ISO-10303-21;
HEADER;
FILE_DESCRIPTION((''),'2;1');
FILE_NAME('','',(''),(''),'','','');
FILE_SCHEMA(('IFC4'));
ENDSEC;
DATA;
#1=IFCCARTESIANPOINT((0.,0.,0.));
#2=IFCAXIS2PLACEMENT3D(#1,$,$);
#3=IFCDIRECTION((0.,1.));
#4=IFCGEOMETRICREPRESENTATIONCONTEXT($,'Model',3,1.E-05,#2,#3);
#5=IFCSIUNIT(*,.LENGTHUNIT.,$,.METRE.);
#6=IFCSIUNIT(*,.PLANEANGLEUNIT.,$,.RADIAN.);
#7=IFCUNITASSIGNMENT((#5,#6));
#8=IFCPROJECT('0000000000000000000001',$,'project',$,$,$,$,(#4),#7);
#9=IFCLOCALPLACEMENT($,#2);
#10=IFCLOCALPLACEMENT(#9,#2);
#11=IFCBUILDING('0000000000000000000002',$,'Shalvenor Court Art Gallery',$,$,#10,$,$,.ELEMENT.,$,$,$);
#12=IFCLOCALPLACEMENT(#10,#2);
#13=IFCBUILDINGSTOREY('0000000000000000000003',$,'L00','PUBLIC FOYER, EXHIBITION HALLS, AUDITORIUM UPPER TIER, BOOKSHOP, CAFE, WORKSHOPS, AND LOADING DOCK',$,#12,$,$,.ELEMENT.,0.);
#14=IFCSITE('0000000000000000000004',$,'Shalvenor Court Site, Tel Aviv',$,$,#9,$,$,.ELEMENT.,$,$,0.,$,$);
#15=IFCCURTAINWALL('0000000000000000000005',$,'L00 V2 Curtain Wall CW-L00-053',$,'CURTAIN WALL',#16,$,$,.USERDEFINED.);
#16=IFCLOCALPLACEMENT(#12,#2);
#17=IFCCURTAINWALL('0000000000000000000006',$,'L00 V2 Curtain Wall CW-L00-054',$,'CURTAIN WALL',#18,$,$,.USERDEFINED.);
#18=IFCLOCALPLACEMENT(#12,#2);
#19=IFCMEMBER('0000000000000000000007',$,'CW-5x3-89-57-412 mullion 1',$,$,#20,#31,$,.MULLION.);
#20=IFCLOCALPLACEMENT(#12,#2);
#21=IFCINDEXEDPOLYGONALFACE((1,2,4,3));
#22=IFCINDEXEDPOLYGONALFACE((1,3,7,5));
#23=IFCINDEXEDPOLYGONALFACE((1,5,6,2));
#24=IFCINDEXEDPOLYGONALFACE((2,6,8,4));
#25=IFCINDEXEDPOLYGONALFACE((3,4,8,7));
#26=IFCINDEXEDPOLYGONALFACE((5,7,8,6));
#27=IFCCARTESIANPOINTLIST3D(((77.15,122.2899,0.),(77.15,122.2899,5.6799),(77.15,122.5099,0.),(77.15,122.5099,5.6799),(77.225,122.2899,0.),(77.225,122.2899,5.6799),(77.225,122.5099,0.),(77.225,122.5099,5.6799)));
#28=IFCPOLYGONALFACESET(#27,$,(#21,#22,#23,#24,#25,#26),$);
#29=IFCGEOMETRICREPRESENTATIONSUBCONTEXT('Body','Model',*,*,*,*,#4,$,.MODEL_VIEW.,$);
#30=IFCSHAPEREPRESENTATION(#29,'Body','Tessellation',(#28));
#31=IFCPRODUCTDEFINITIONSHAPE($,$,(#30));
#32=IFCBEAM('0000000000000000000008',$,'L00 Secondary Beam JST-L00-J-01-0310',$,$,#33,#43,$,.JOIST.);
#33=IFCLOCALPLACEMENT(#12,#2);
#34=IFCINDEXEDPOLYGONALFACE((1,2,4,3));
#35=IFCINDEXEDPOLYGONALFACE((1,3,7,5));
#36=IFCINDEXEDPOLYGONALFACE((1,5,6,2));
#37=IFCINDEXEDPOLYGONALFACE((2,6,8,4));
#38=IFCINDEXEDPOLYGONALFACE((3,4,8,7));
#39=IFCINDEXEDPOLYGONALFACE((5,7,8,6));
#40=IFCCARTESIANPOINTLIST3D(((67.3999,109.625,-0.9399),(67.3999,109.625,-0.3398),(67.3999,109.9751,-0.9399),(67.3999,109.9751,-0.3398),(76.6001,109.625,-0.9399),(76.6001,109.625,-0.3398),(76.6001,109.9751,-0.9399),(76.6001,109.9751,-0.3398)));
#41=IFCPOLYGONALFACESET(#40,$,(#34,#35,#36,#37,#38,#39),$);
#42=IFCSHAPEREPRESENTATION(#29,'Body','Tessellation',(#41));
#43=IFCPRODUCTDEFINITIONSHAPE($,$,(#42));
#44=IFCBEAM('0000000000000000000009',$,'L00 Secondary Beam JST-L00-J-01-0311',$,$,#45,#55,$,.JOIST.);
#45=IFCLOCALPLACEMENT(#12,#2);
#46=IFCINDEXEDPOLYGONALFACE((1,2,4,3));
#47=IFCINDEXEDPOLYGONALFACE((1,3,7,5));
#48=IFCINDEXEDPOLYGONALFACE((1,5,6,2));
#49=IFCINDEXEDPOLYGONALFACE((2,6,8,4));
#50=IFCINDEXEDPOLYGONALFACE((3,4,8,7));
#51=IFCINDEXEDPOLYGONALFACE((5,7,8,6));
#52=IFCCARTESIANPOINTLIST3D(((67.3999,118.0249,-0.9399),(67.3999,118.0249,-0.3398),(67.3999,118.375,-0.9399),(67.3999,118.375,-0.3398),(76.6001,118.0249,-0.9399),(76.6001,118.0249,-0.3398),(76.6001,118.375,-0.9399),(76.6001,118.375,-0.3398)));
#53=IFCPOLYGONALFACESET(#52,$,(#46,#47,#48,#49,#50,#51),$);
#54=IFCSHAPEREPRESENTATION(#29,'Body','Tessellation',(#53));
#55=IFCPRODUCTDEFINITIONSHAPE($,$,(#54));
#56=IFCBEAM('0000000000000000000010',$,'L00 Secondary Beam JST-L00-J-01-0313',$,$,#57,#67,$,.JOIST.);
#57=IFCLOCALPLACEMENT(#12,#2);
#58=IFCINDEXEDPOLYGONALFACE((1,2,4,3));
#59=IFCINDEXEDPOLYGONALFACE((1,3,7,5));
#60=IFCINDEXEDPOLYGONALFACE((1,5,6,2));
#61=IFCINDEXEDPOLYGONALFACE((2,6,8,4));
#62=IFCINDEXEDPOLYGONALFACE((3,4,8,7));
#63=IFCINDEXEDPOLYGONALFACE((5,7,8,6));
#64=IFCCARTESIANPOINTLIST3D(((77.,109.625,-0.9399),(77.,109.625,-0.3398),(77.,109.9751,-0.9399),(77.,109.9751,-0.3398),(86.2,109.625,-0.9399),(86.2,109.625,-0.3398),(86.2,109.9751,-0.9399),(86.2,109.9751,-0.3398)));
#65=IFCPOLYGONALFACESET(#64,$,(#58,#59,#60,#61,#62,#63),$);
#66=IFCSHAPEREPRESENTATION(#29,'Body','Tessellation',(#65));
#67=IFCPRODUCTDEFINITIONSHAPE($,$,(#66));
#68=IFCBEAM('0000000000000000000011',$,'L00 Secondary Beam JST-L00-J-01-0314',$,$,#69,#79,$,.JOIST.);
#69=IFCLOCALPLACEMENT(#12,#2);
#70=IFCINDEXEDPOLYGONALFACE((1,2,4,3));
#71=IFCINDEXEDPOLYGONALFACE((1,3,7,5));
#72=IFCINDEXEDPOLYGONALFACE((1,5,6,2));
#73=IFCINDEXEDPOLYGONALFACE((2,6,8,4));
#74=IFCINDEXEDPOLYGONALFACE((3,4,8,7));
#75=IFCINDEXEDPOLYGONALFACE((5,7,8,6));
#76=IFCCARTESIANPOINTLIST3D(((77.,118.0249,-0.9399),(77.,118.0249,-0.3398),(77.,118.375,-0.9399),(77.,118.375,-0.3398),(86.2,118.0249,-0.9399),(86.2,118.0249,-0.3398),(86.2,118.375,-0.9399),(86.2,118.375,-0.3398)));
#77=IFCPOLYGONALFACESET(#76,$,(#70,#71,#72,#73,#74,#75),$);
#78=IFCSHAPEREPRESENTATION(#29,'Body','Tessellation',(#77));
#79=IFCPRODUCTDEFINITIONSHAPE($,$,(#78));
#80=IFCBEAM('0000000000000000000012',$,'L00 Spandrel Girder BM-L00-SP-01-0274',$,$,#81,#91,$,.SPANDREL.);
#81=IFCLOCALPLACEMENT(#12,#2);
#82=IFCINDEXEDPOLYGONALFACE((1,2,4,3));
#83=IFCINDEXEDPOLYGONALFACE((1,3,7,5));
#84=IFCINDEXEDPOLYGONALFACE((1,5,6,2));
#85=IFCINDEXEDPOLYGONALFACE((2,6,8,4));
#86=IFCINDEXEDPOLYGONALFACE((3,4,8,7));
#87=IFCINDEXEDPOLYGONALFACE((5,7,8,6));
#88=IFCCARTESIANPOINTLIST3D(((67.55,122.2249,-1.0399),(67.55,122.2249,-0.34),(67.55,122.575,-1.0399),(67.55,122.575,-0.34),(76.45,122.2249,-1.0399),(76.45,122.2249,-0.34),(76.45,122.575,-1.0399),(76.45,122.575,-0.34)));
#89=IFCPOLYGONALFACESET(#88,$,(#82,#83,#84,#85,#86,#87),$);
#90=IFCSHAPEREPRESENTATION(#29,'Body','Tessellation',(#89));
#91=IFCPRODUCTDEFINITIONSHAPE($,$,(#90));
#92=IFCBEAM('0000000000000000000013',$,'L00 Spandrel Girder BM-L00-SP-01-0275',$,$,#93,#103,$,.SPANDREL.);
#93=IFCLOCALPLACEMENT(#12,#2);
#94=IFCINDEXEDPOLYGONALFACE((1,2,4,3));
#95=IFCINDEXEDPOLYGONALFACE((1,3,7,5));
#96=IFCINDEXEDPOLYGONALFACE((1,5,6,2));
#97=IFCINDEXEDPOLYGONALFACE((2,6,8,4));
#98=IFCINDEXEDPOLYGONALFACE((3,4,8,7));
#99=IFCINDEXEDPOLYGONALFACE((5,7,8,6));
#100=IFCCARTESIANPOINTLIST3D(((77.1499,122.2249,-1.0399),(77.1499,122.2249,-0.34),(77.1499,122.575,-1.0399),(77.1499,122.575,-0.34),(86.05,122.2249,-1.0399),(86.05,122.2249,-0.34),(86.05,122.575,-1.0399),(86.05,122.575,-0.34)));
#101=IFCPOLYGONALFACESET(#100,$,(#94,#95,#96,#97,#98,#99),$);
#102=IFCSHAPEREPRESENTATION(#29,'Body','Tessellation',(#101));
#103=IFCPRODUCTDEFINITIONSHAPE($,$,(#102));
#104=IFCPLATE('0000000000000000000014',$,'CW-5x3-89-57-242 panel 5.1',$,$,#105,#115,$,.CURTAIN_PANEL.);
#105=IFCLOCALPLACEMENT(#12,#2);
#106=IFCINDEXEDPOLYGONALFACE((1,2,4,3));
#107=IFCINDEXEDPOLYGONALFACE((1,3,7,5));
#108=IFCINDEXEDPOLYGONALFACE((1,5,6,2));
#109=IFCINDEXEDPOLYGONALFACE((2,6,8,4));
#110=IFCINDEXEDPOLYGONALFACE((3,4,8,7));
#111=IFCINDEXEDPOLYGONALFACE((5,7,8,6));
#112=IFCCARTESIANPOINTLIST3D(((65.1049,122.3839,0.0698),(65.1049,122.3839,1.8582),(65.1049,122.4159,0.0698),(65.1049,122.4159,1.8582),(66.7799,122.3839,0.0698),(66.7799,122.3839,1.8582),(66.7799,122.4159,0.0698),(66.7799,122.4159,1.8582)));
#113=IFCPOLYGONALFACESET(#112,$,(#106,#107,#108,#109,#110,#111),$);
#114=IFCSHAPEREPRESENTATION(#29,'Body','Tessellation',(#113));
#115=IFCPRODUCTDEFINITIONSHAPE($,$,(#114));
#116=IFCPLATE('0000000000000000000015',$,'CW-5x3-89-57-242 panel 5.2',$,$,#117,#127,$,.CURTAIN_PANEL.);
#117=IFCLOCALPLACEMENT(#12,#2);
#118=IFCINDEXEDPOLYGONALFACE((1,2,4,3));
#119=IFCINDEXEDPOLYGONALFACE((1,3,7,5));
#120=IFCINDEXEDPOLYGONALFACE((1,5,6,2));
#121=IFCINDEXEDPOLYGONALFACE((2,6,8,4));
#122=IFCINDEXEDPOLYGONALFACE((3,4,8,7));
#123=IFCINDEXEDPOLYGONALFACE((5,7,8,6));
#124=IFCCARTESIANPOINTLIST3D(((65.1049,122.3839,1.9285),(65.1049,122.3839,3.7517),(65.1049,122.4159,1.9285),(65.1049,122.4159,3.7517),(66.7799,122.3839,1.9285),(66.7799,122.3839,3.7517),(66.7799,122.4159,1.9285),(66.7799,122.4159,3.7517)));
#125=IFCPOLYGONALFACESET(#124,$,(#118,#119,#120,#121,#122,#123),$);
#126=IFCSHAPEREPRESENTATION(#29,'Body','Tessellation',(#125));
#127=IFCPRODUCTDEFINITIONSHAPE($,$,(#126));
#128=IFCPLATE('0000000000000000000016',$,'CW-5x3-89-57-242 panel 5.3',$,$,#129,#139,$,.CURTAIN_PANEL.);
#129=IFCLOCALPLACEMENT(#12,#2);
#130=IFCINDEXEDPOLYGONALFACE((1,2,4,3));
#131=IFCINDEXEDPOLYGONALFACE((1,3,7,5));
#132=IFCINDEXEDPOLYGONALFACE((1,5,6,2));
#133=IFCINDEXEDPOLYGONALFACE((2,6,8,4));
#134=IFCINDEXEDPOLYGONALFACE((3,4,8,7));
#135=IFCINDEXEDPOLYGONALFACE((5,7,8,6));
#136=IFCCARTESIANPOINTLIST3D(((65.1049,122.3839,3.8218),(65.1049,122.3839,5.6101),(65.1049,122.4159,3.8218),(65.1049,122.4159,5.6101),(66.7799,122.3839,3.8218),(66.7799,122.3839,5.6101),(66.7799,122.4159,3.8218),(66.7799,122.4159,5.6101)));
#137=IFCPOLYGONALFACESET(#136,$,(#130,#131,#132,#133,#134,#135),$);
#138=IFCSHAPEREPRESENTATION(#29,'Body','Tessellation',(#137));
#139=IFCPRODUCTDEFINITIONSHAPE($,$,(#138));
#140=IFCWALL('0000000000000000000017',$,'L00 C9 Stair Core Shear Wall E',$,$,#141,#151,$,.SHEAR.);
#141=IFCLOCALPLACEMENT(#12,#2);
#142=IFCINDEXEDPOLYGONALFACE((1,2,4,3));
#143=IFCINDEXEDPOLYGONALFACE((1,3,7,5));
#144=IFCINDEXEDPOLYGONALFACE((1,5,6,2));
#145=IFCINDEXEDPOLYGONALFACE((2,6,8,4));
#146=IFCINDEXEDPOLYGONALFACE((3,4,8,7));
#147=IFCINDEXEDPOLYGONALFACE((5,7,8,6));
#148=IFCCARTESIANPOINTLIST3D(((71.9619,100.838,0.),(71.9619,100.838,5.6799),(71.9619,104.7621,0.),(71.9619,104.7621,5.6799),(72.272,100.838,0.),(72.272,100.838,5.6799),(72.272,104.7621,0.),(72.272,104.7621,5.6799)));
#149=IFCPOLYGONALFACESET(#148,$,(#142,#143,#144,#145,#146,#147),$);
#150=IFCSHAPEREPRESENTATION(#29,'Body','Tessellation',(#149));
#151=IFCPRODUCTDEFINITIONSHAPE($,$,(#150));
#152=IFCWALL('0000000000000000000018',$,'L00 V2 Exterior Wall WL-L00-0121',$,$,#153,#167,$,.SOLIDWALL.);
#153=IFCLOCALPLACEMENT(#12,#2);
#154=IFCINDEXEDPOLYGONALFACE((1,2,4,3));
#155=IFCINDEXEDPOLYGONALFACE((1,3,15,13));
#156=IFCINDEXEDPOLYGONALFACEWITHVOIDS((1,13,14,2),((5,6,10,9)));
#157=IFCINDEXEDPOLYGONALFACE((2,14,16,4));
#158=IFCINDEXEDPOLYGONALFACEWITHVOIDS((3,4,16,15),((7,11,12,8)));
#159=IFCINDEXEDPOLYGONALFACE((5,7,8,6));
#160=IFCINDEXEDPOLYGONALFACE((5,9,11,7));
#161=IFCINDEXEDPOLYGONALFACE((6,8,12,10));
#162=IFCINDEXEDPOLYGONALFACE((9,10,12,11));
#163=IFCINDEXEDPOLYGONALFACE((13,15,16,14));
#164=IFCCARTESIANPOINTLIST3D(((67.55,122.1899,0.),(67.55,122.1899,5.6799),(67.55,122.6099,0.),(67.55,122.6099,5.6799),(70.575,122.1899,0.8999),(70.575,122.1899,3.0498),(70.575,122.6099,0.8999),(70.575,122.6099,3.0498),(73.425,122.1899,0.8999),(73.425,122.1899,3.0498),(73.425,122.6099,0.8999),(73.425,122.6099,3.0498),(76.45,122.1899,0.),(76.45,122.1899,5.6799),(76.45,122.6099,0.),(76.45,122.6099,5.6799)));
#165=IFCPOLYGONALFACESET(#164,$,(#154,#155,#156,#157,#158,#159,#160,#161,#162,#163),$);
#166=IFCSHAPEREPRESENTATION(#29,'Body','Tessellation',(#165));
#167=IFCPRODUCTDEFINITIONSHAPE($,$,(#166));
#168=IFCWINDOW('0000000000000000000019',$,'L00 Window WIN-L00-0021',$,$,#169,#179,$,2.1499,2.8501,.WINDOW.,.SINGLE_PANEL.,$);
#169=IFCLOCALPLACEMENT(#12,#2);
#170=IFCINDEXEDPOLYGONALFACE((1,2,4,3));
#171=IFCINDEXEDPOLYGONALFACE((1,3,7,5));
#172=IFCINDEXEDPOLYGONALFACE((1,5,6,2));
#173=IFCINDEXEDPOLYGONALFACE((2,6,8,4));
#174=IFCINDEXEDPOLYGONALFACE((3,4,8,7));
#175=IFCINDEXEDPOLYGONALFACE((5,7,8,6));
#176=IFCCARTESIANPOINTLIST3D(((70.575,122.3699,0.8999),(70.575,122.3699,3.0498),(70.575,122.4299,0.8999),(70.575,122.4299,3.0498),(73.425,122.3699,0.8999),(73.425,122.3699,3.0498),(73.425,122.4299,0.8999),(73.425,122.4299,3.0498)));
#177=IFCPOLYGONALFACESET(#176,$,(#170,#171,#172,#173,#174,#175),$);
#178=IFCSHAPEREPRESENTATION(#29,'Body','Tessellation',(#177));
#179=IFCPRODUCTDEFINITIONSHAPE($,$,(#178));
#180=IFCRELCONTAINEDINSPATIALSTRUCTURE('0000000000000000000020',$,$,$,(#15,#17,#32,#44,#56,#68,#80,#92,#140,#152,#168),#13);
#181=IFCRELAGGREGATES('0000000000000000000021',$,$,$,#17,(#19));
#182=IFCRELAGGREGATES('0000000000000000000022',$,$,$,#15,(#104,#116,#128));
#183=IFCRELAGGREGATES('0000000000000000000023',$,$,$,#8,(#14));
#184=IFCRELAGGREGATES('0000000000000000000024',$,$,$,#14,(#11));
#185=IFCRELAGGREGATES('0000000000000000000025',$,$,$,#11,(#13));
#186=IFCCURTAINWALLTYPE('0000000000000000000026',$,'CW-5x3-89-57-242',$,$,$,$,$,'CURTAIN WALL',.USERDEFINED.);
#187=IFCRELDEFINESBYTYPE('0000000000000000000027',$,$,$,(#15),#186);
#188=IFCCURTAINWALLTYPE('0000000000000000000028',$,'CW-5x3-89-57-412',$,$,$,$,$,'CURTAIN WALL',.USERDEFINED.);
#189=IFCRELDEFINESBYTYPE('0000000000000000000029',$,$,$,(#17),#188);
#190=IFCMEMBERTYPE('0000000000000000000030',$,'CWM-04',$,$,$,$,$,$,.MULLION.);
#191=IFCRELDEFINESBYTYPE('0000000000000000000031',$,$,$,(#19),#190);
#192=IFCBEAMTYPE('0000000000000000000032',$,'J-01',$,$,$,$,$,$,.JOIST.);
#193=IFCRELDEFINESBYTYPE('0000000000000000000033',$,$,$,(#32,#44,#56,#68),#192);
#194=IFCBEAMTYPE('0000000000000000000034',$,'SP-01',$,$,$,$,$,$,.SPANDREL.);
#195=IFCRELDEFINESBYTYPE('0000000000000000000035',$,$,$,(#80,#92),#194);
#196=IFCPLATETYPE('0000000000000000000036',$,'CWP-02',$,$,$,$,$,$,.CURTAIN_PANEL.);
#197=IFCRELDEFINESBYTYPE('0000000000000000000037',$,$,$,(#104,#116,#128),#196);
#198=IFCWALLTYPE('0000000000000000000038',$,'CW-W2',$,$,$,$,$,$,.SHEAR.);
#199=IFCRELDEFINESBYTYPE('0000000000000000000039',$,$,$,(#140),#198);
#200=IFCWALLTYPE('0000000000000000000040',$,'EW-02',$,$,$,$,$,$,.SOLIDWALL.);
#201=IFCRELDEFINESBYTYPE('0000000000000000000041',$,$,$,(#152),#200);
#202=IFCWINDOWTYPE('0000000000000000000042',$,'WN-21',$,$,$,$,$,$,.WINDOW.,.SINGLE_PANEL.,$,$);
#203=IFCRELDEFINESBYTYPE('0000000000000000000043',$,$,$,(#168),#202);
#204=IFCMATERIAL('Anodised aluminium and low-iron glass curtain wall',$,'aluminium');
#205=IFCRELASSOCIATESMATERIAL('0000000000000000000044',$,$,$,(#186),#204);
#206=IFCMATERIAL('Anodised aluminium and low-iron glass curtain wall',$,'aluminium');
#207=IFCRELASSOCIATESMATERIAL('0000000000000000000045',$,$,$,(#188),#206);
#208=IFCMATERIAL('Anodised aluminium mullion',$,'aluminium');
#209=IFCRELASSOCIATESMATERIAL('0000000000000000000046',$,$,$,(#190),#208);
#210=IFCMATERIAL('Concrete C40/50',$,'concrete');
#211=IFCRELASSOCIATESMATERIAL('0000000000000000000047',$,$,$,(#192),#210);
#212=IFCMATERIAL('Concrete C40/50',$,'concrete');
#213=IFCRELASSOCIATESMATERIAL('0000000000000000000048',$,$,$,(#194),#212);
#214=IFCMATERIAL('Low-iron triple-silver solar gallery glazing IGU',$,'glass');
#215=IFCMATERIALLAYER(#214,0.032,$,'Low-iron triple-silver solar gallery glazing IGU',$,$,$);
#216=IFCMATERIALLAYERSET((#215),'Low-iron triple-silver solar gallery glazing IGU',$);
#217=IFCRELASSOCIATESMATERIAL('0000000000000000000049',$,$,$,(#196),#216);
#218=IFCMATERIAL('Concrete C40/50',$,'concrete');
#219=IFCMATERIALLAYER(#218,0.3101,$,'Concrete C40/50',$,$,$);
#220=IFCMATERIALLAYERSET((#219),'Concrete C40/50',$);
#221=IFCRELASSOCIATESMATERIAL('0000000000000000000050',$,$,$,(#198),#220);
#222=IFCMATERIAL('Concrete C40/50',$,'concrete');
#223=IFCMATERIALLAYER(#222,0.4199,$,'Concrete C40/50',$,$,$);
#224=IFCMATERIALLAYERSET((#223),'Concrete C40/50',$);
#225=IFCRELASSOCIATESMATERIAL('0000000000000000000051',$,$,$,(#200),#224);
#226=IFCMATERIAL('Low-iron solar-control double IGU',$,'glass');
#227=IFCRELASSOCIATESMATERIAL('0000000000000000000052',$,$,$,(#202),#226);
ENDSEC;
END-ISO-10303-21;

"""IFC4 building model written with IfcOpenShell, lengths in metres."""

from ifc_helpers import new_model, si_unit, direction, frame, frame_2d, origin, origin_2d, place, context, subcontext, project, spatial, rectangle, extrude, material, layer, layer_set, material_profile, profile_set, type_object, element, fill, aggregate, save


model = new_model("IFC4")

# Units and contexts
model_context = context("Model", 3, precision=1e-05, world=origin(), true_north=direction((0.0, 1.0)))
body_context = subcontext(model_context, "Body", "Model", "MODEL_VIEW")
ifc_project = project(units=[si_unit("LENGTHUNIT", "METRE"), si_unit("PLANEANGLEUNIT", "RADIAN")], contexts=[model_context])

# Site, building, storey
site_placement = place(None, origin())
site = spatial("IfcSite", under=ifc_project, at=site_placement, Name="Shalvenor Court Site, Tel Aviv", CompositionType="ELEMENT", RefElevation=0.0)
building_placement = place(site_placement, origin())
building = spatial("IfcBuilding", under=site, at=building_placement, Name="Shalvenor Court Art Gallery", CompositionType="ELEMENT")
storey_placement = place(building_placement, origin())
storey = spatial("IfcBuildingStorey", under=building, at=storey_placement, Name="L00", Description="PUBLIC FOYER, EXHIBITION HALLS, AUDITORIUM UPPER TIER, BOOKSHOP, CAFE, WORKSHOPS, AND LOADING DOCK", CompositionType="ELEMENT", Elevation=0.0)

# Curtain wall
ifc_material_1 = material(Name="Anodised aluminium and low-iron glass curtain wall", Category="aluminium")
curtain_wall_type_1 = type_object("IfcCurtainWallType", Name="CW-5x3-89-57-242", ElementType="CURTAIN WALL", PredefinedType="USERDEFINED", material=ifc_material_1)
curtain_wall_1_placement = place(storey_placement, origin())
curtain_wall_1 = element("IfcCurtainWall", 1, at=curtain_wall_1_placement, inside=storey, type_object=curtain_wall_type_1, Name="L00 V2 Curtain Wall CW-L00-053", ObjectType="CURTAIN WALL", PredefinedType="USERDEFINED")

# Curtain wall, member
ifc_material_2 = material(Name="Anodised aluminium and low-iron glass curtain wall", Category="aluminium")
curtain_wall_type_2 = type_object("IfcCurtainWallType", Name="CW-5x3-89-57-412", ElementType="CURTAIN WALL", PredefinedType="USERDEFINED", material=ifc_material_2)
curtain_wall_2_placement = place(storey_placement, origin())
curtain_wall_2 = element("IfcCurtainWall", 2, at=curtain_wall_2_placement, inside=storey, type_object=curtain_wall_type_2, Name="L00 V2 Curtain Wall CW-L00-054", ObjectType="CURTAIN WALL", PredefinedType="USERDEFINED")
ifc_material_3 = material(Name="Anodised aluminium mullion", Category="aluminium")
ifc_material_profile_1 = material_profile(ifc_material_3, rectangle(XDim=0.075, YDim=0.22, at=origin_2d()), Name="CWM-04")
ifc_profile_set_1 = profile_set([ifc_material_profile_1], Name="Anodised aluminium mullion")
member_type_1 = type_object("IfcMemberType", Name="CWM-04", PredefinedType="MULLION", material=ifc_profile_set_1)
member_1_placement = place(storey_placement, frame((77.1875, 122.3999, 0.0), z_axis=(0.0, 0.0, 1.0), x_axis=(1.0, 0.0, 0.0)))
member_1 = element("IfcMember", 3, at=member_1_placement, type_object=member_type_1, Name="CW-5x3-89-57-412 mullion 1", PredefinedType="MULLION", context=body_context, shape_type="SweptSolid", body=[
    extrude(rectangle(XDim=0.075, YDim=0.22, at=origin_2d()), origin(), (0.0, 0.0, 1.0), 5.6799),
])
aggregate(curtain_wall_2, [member_1])

# Beams
ifc_material_4 = material(Name="Concrete C40/50", Category="concrete")
ifc_material_profile_2 = material_profile(ifc_material_4, rectangle(XDim=0.3501, YDim=0.6001, at=origin_2d()), Name="RC 350x600")
ifc_profile_set_2 = profile_set([ifc_material_profile_2], Name="Concrete C40/50")
beam_type_1 = type_object("IfcBeamType", Name="J-01", PredefinedType="JOIST", material=ifc_profile_set_2)
for number, where, z_axis, x_axis, name in (
    (4, (67.3999, 109.8, -0.6399), (1.0, 0.0, 0.0), (0.0, 1.0, 0.0), "L00 Secondary Beam JST-L00-J-01-0310"),
    (5, (67.3999, 118.2, -0.6399), (1.0, 0.0, 0.0), (0.0, 1.0, 0.0), "L00 Secondary Beam JST-L00-J-01-0311"),
):
    element("IfcBeam", number, at=place(storey_placement, frame(where, z_axis=z_axis, x_axis=x_axis)), inside=storey, type_object=beam_type_1, Name=name, PredefinedType="JOIST", context=body_context, shape_type="SweptSolid", body=[
        extrude(rectangle(XDim=0.3501, YDim=0.6001, at=origin_2d()), origin(), (0.0, 0.0, 1.0), 9.2002),
    ])
for number, where, z_axis, x_axis, name in (
    (6, (77.0, 109.8, -0.6399), (1.0, 0.0, 0.0), (0.0, 1.0, 0.0), "L00 Secondary Beam JST-L00-J-01-0313"),
    (7, (77.0, 118.2, -0.6399), (1.0, 0.0, 0.0), (0.0, 1.0, 0.0), "L00 Secondary Beam JST-L00-J-01-0314"),
):
    element("IfcBeam", number, at=place(storey_placement, frame(where, z_axis=z_axis, x_axis=x_axis)), inside=storey, type_object=beam_type_1, Name=name, PredefinedType="JOIST", context=body_context, shape_type="SweptSolid", body=[
        extrude(rectangle(XDim=0.3501, YDim=0.6001, at=origin_2d()), origin(), (0.0, 0.0, 1.0), 9.2),
    ])
ifc_material_5 = material(Name="Concrete C40/50", Category="concrete")
ifc_material_profile_3 = material_profile(ifc_material_5, rectangle(XDim=0.3501, YDim=0.7, at=origin_2d()), Name="RC 350x700")
ifc_profile_set_3 = profile_set([ifc_material_profile_3], Name="Concrete C40/50")
beam_type_2 = type_object("IfcBeamType", Name="SP-01", PredefinedType="SPANDREL", material=ifc_profile_set_3)
beam_1_placement = place(storey_placement, frame((67.55, 122.3999, -0.6899), z_axis=(1.0, 0.0, 0.0), x_axis=(0.0, 1.0, 0.0)))
element("IfcBeam", 8, at=beam_1_placement, inside=storey, type_object=beam_type_2, Name="L00 Spandrel Girder BM-L00-SP-01-0274", PredefinedType="SPANDREL", context=body_context, shape_type="SweptSolid", body=[
    extrude(rectangle(XDim=0.3501, YDim=0.7, at=origin_2d()), origin(), (0.0, 0.0, 1.0), 8.8999),
])
beam_2_placement = place(storey_placement, frame((77.1499, 122.3999, -0.6899), z_axis=(1.0, 0.0, 0.0), x_axis=(0.0, 1.0, 0.0)))
element("IfcBeam", 9, at=beam_2_placement, inside=storey, type_object=beam_type_2, Name="L00 Spandrel Girder BM-L00-SP-01-0275", PredefinedType="SPANDREL", context=body_context, shape_type="SweptSolid", body=[
    extrude(rectangle(XDim=0.3501, YDim=0.7, at=origin_2d()), origin(), (0.0, 0.0, 1.0), 8.9001),
])

# Plates
ifc_material_6 = material(Name="Low-iron triple-silver solar gallery glazing IGU", Category="glass")
ifc_layer_1 = layer(ifc_material_6, 0.032, Name="Low-iron triple-silver solar gallery glazing IGU")
ifc_layer_set_1 = layer_set([ifc_layer_1], Name="Low-iron triple-silver solar gallery glazing IGU")
plate_type = type_object("IfcPlateType", Name="CWP-02", PredefinedType="CURTAIN_PANEL", material=ifc_layer_set_1)
plate_1_placement = place(storey_placement, frame((65.9424, 122.3999, 0.0698), z_axis=(0.0, 0.0, 1.0), x_axis=(1.0, 0.0, 0.0)))
plate_1 = element("IfcPlate", 10, at=plate_1_placement, type_object=plate_type, Name="CW-5x3-89-57-242 panel 5.1", PredefinedType="CURTAIN_PANEL", context=body_context, shape_type="SweptSolid", body=[
    extrude(rectangle(XDim=1.675, YDim=0.032, at=origin_2d()), origin(), (0.0, 0.0, 1.0), 1.7883),
])
plate_2_placement = place(storey_placement, frame((65.9424, 122.3999, 1.9285), z_axis=(0.0, 0.0, 1.0), x_axis=(1.0, 0.0, 0.0)))
plate_2 = element("IfcPlate", 11, at=plate_2_placement, type_object=plate_type, Name="CW-5x3-89-57-242 panel 5.2", PredefinedType="CURTAIN_PANEL", context=body_context, shape_type="SweptSolid", body=[
    extrude(rectangle(XDim=1.675, YDim=0.032, at=origin_2d()), origin(), (0.0, 0.0, 1.0), 1.8232),
])
plate_3_placement = place(storey_placement, frame((65.9424, 122.3999, 3.8218), z_axis=(0.0, 0.0, 1.0), x_axis=(1.0, 0.0, 0.0)))
plate_3 = element("IfcPlate", 12, at=plate_3_placement, type_object=plate_type, Name="CW-5x3-89-57-242 panel 5.3", PredefinedType="CURTAIN_PANEL", context=body_context, shape_type="SweptSolid", body=[
    extrude(rectangle(XDim=1.675, YDim=0.032, at=origin_2d()), origin(), (0.0, 0.0, 1.0), 1.7883),
])
aggregate(curtain_wall_1, [plate_1, plate_2, plate_3])

# Wall
ifc_material_7 = material(Name="Concrete C40/50", Category="concrete")
ifc_layer_2 = layer(ifc_material_7, 0.3101, Name="Concrete C40/50")
ifc_layer_set_2 = layer_set([ifc_layer_2], Name="Concrete C40/50")
wall_type_1 = type_object("IfcWallType", Name="CW-W2", PredefinedType="SHEAR", material=ifc_layer_set_2)
wall_1_placement = place(storey_placement, frame((72.1169, 104.762, 0.0), z_axis=(0.0, 0.0, 1.0), x_axis=(0.0, -1.0, 0.0)))
element("IfcWall", 13, at=wall_1_placement, inside=storey, type_object=wall_type_1, Name="L00 C9 Stair Core Shear Wall E", PredefinedType="SHEAR", context=body_context, shape_type="SweptSolid", body=[
    extrude(rectangle(XDim=3.9241, YDim=0.3101, at=frame_2d((1.9619, 0.0))), origin(), (0.0, 0.0, 1.0), 5.6799),
])

# Wall, opening, window
ifc_material_8 = material(Name="Concrete C40/50", Category="concrete")
ifc_layer_3 = layer(ifc_material_8, 0.4199, Name="Concrete C40/50")
ifc_layer_set_3 = layer_set([ifc_layer_3], Name="Concrete C40/50")
wall_type_2 = type_object("IfcWallType", Name="EW-02", PredefinedType="SOLIDWALL", material=ifc_layer_set_3)
wall_2_placement = place(storey_placement, frame((67.55, 122.3999, 0.0), z_axis=(0.0, 0.0, 1.0), x_axis=(1.0, 0.0, 0.0)))
wall_2 = element("IfcWall", 14, at=wall_2_placement, inside=storey, type_object=wall_type_2, Name="L00 V2 Exterior Wall WL-L00-0121", PredefinedType="SOLIDWALL", context=body_context, shape_type="SweptSolid", body=[
    extrude(rectangle(XDim=8.8999, YDim=0.4199, at=frame_2d((4.45, 0.0))), origin(), (0.0, 0.0, 1.0), 5.6799),
])
opening_placement = place(wall_2_placement, frame((3.0249, 0.0, 0.8999)))
opening = element("IfcOpeningElement", 15, at=opening_placement, cuts=wall_2, PredefinedType="OPENING", context=body_context, shape_type="SweptSolid", body=[
    extrude(rectangle(XDim=2.8501, YDim=2.1499, at=frame_2d((1.425, 1.075))), frame((0.0, 0.22, 0.0), z_axis=(0.0, -1.0, 0.0), x_axis=(1.0, 0.0, 0.0)), (0.0, 0.0, 1.0), 0.4399),
])
ifc_material_9 = material(Name="Low-iron solar-control double IGU", Category="glass")
window_type = type_object("IfcWindowType", Name="WN-21", PartitioningType="SINGLE_PANEL", PredefinedType="WINDOW", material=ifc_material_9)
window_placement = place(opening_placement, origin())
window = element("IfcWindow", 16, at=window_placement, inside=storey, type_object=window_type, Name="L00 Window WIN-L00-0021", OverallHeight=2.1499, OverallWidth=2.8501, PartitioningType="SINGLE_PANEL", PredefinedType="WINDOW", context=body_context, shape_type="SweptSolid", body=[
    extrude(rectangle(XDim=2.8501, YDim=2.1499, at=frame_2d((1.425, 1.075))), frame((0.0, 0.03, 0.0), z_axis=(0.0, -1.0, 0.0), x_axis=(1.0, 0.0, 0.0)), (0.0, 0.0, 1.0), 0.0601),
])
fill(opening, window)

save(model, "model.ifc")
